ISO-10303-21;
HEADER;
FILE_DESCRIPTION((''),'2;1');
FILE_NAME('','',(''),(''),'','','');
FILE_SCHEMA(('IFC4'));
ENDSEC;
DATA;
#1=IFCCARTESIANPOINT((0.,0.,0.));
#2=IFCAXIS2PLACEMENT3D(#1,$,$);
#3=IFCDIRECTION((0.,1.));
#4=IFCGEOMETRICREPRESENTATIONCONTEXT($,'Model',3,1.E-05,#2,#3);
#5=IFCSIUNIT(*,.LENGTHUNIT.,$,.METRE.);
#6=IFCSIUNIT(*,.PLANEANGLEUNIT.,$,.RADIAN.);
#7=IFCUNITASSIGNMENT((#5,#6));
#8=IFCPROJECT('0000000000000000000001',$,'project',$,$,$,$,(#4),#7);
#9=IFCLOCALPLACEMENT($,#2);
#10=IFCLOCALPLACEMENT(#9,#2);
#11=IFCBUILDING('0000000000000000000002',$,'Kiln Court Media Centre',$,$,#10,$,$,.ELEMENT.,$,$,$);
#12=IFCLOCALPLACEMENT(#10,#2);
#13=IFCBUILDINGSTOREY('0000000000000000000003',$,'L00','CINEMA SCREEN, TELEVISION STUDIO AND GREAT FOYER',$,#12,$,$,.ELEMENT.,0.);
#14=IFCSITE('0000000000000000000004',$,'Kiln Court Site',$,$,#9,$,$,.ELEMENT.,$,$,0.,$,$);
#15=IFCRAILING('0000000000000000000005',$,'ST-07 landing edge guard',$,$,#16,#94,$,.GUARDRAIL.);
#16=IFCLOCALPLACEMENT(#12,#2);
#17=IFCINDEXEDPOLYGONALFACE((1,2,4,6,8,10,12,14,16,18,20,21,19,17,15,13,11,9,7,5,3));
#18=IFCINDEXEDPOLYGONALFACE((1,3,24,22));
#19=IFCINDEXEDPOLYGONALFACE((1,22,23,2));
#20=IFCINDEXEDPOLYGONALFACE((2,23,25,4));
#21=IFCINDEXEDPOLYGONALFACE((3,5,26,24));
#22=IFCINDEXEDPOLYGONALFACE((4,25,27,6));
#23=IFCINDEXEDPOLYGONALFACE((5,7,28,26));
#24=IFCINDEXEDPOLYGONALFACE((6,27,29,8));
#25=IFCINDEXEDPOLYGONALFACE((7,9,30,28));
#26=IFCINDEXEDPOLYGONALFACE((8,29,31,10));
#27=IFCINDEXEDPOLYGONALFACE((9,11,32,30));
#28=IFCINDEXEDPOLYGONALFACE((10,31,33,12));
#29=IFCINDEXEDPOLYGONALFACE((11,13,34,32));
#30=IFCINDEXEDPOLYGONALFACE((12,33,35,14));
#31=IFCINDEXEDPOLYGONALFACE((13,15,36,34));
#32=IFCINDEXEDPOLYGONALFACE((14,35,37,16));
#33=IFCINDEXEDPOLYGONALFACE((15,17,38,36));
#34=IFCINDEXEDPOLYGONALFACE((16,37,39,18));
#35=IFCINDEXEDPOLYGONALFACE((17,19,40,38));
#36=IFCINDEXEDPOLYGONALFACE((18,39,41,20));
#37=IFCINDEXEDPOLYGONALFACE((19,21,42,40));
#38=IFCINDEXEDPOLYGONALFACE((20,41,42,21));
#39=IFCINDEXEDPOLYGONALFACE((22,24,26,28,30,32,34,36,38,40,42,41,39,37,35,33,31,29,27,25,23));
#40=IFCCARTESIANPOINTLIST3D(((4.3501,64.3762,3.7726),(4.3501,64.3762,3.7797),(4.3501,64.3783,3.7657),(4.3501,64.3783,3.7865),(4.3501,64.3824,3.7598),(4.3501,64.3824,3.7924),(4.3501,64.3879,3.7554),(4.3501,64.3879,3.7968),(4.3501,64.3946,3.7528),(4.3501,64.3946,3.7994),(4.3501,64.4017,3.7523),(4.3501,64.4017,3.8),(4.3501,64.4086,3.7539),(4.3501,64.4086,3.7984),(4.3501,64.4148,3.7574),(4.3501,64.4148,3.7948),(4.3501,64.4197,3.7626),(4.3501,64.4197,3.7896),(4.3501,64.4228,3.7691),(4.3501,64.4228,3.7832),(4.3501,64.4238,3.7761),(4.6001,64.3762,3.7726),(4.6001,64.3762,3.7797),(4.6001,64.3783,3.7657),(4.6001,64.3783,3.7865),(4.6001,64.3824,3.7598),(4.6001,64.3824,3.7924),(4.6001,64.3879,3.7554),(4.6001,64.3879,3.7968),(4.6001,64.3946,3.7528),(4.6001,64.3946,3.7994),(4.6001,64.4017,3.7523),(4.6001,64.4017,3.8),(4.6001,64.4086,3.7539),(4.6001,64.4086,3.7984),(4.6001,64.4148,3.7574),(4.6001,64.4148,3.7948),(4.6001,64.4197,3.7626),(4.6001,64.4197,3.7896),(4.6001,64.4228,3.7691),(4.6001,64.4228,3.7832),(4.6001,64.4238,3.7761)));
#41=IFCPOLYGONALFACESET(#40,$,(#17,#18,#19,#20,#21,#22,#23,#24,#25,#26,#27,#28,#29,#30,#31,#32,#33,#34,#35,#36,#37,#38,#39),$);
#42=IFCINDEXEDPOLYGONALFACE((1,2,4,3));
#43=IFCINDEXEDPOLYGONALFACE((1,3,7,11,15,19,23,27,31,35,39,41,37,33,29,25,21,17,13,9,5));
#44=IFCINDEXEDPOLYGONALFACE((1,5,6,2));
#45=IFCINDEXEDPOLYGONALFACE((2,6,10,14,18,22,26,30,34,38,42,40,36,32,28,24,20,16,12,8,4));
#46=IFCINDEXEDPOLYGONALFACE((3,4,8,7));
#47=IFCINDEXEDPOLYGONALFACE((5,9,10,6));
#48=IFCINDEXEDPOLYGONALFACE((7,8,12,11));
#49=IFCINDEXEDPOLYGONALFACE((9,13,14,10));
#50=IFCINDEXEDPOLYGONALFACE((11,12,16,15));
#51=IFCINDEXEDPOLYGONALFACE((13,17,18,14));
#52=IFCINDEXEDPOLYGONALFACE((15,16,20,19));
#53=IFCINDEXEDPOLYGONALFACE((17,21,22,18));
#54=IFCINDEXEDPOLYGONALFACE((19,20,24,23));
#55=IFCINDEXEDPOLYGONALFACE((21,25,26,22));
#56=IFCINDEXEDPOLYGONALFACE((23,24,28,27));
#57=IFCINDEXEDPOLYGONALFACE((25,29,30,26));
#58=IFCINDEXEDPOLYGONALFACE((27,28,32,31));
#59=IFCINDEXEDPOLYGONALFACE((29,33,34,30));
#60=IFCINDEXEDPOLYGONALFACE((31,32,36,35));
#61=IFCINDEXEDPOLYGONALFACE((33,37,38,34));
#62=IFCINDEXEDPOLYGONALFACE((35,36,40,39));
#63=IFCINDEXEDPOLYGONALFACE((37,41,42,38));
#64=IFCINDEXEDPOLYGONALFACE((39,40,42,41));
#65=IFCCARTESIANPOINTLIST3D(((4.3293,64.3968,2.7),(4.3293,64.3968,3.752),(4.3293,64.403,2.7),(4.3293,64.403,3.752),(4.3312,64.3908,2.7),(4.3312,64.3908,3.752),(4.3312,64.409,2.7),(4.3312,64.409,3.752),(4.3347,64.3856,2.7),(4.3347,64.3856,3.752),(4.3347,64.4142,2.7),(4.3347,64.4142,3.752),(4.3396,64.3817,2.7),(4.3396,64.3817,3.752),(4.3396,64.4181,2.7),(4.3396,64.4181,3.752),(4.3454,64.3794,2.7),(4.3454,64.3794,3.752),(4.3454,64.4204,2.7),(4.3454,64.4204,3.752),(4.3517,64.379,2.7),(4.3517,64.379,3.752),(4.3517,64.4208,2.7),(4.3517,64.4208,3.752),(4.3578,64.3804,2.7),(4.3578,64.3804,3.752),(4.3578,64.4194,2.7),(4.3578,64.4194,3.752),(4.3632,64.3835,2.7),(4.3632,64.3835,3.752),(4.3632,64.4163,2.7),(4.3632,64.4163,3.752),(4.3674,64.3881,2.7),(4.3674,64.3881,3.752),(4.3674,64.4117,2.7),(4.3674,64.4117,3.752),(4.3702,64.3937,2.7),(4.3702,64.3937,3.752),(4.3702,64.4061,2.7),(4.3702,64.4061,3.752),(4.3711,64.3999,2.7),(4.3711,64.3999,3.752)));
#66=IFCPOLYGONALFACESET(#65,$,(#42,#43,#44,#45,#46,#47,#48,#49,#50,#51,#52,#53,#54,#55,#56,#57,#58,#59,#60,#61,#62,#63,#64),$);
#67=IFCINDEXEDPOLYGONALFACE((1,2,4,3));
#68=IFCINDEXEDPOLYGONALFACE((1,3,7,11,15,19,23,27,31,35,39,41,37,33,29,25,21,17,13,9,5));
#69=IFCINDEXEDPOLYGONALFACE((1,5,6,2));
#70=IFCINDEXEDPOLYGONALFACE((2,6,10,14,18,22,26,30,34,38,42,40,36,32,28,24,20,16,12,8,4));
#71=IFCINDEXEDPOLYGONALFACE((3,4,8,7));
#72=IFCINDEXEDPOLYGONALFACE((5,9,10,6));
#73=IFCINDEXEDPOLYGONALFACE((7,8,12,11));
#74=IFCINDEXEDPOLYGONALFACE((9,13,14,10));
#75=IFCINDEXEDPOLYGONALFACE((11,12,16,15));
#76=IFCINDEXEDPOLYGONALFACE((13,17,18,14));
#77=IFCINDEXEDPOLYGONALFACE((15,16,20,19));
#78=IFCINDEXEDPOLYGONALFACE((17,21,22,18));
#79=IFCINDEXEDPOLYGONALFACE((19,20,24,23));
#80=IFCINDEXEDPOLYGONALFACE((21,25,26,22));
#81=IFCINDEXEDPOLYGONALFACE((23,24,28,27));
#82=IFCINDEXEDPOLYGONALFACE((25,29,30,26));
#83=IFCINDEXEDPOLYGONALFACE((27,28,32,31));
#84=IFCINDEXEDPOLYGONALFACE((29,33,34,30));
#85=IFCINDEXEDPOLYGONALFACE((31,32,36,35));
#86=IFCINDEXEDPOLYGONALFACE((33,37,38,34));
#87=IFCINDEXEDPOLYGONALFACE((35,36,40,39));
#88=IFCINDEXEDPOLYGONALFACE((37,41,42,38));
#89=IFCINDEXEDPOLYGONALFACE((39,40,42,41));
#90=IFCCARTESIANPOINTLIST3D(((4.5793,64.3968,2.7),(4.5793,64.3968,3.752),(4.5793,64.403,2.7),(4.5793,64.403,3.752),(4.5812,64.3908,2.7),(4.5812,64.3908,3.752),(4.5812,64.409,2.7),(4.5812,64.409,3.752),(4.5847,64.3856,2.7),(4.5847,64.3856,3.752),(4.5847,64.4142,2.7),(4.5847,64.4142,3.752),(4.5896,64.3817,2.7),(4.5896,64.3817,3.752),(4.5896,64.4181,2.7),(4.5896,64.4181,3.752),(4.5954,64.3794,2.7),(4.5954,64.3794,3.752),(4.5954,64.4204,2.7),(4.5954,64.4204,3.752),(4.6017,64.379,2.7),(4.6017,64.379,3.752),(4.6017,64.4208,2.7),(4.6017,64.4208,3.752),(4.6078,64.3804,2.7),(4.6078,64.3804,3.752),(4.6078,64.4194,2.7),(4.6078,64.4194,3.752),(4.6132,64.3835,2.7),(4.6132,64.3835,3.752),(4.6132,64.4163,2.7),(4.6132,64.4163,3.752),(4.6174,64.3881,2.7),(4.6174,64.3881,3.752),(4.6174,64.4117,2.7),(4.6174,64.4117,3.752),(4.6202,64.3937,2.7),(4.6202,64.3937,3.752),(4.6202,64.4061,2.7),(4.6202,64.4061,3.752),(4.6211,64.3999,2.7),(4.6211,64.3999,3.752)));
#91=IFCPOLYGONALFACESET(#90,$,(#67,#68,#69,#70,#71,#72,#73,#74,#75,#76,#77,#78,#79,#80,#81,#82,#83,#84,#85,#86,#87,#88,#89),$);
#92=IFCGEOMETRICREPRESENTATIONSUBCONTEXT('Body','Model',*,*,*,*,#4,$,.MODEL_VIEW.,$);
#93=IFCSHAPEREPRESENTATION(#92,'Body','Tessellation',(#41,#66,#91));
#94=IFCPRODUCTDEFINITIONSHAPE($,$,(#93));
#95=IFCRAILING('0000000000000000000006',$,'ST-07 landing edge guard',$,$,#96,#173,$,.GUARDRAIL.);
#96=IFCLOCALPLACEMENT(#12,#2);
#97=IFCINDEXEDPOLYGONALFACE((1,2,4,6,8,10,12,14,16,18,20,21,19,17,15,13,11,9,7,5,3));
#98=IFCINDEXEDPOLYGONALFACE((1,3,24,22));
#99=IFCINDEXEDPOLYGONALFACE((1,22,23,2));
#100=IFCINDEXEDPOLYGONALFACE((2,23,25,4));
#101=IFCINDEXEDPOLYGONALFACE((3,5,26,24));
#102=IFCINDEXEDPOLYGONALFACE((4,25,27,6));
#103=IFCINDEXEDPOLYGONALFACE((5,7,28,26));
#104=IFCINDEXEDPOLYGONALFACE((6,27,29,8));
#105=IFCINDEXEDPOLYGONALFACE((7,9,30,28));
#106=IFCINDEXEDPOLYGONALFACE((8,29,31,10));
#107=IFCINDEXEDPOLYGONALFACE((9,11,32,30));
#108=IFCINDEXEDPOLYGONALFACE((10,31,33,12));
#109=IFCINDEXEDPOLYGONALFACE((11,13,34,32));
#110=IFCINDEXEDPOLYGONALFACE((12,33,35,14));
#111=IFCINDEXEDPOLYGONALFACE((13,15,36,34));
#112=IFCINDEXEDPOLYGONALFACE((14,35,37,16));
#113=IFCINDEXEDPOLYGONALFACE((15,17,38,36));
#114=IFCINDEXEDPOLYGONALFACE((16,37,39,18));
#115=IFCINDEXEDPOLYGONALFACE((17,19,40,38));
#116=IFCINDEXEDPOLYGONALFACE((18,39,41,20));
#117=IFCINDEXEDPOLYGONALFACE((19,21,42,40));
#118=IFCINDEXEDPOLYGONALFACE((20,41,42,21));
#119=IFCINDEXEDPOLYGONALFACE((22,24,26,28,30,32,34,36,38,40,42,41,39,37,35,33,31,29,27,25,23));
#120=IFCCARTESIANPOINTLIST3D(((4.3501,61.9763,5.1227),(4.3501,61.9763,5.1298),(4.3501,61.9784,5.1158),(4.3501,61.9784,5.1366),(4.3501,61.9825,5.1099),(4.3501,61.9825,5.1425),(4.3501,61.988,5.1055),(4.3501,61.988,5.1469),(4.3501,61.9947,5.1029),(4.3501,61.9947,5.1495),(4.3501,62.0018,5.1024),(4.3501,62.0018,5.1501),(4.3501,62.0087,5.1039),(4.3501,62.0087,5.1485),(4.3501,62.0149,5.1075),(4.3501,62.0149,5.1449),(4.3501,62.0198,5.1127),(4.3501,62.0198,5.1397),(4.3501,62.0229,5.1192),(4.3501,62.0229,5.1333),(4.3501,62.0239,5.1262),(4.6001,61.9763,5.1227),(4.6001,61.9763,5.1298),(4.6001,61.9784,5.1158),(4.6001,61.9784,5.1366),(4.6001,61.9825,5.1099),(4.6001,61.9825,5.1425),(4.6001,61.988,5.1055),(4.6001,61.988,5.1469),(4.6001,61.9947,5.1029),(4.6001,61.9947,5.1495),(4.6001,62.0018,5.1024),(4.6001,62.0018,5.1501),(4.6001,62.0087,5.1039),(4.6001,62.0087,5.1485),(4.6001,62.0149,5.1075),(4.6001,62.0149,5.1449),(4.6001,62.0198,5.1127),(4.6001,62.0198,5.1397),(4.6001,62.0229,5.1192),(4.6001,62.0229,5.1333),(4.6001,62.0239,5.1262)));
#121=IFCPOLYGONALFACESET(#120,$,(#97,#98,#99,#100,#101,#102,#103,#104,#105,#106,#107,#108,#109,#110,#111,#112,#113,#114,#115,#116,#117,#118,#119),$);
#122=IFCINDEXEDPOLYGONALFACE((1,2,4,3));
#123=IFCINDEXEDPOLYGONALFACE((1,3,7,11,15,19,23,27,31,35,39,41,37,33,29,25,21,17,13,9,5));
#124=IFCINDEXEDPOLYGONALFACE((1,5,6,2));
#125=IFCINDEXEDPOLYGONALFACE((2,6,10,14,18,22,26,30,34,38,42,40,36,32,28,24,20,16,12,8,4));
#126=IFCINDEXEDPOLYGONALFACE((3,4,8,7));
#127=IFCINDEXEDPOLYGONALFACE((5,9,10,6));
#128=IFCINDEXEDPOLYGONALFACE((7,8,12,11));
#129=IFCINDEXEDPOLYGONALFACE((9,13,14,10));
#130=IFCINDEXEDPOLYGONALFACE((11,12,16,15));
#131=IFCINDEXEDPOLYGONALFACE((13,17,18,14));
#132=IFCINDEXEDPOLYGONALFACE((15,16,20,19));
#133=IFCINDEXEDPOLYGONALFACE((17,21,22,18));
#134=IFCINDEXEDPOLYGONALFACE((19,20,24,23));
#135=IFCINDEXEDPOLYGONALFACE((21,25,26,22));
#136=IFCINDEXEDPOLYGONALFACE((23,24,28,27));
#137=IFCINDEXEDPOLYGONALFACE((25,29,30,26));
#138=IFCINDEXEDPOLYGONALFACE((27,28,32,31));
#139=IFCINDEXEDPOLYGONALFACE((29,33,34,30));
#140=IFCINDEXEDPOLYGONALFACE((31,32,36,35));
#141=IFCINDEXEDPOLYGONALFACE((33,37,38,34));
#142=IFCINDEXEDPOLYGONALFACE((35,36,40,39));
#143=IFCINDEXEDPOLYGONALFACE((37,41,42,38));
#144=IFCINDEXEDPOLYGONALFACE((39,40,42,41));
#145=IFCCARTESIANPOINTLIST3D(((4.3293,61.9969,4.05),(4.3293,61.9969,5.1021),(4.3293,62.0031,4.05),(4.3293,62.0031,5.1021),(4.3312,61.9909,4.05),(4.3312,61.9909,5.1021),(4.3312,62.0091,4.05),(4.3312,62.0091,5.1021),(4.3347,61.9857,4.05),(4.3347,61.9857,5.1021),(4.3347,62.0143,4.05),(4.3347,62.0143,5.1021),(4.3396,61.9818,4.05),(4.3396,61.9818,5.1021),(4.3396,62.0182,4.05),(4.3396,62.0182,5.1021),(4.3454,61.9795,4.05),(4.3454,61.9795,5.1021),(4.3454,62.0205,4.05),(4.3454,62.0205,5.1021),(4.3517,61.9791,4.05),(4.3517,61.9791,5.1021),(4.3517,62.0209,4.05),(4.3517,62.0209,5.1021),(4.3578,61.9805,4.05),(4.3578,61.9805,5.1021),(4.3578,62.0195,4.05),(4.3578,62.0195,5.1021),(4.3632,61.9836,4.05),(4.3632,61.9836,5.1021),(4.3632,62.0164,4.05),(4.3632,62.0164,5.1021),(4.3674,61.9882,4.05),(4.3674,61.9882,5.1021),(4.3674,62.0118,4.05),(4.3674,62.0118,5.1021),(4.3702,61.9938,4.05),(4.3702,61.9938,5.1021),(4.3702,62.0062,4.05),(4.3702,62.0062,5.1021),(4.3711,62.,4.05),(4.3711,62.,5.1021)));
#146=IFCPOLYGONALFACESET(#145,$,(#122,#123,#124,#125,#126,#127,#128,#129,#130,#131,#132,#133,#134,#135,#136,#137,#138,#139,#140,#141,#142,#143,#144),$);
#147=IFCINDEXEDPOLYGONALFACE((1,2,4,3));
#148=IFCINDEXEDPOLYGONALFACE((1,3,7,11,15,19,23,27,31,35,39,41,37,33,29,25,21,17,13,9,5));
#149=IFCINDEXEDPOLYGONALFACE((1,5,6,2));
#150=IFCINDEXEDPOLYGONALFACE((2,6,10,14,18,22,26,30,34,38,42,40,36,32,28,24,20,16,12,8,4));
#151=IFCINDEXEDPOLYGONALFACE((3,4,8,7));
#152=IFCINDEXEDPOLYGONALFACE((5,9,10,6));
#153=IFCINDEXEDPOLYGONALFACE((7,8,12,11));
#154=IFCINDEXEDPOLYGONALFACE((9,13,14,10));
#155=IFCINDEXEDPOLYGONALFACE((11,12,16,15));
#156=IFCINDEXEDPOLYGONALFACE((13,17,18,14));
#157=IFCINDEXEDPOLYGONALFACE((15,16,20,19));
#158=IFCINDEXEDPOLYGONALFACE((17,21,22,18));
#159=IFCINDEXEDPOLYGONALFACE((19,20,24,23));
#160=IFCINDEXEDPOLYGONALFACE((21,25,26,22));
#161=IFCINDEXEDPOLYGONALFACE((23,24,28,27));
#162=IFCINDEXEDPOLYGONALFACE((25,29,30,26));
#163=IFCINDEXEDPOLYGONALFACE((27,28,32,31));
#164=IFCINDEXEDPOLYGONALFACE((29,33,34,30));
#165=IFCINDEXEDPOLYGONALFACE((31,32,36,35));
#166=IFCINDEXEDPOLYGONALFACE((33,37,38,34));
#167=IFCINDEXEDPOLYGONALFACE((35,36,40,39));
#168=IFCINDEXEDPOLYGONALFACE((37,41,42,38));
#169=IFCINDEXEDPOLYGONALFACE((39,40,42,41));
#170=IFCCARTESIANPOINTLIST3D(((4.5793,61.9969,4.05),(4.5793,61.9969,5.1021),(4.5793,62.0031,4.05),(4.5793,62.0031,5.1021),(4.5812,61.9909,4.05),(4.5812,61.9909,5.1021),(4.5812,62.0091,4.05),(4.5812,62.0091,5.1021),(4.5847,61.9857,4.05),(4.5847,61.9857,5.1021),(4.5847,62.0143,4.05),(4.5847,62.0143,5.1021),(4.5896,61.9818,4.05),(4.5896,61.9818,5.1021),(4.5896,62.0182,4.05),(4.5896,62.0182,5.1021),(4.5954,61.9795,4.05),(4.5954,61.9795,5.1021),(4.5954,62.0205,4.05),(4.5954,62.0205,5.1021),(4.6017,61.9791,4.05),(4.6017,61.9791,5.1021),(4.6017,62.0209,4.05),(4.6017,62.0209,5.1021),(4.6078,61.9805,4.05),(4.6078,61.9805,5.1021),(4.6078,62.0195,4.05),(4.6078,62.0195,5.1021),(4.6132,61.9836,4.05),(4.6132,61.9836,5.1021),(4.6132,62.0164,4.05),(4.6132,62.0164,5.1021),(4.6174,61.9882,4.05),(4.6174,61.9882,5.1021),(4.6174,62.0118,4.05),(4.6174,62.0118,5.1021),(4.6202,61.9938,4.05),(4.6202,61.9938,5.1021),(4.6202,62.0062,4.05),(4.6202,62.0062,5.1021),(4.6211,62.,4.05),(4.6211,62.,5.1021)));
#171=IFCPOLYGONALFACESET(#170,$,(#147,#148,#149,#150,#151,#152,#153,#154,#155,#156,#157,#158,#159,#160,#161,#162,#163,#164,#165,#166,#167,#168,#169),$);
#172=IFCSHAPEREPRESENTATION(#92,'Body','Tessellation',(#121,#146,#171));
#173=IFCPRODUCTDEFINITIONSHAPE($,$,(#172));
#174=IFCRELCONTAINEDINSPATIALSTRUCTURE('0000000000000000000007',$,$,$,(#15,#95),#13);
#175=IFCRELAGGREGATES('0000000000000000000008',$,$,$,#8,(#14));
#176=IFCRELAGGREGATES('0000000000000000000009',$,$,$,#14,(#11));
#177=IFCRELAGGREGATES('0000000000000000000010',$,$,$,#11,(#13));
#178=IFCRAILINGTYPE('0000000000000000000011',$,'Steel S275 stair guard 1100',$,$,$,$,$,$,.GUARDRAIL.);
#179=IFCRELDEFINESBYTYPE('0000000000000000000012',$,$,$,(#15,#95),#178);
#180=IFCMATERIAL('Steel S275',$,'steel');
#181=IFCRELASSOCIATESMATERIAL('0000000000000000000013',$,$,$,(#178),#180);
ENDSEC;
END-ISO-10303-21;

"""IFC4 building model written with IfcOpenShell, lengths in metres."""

from ifc_helpers import new_model, si_unit, direction, frame, origin, origin_2d, place, context, subcontext, project, spatial, circle, extrude, material, type_object, element, save


model = new_model("IFC4")

# Units and contexts
model_context = context("Model", 3, precision=1e-05, world=origin(), true_north=direction((0.0, 1.0)))
body_context = subcontext(model_context, "Body", "Model", "MODEL_VIEW")
ifc_project = project(units=[si_unit("LENGTHUNIT", "METRE"), si_unit("PLANEANGLEUNIT", "RADIAN")], contexts=[model_context])

# Site, building, storey
site_placement = place(None, origin())
site = spatial("IfcSite", under=ifc_project, at=site_placement, Name="Kiln Court Site", CompositionType="ELEMENT", RefElevation=0.0)
building_placement = place(site_placement, origin())
building = spatial("IfcBuilding", under=site, at=building_placement, Name="Kiln Court Media Centre", CompositionType="ELEMENT")
storey_placement = place(building_placement, origin())
storey = spatial("IfcBuildingStorey", under=building, at=storey_placement, Name="L00", Description="CINEMA SCREEN, TELEVISION STUDIO AND GREAT FOYER", CompositionType="ELEMENT", Elevation=0.0)

# Railings
ifc_material_1 = material(Name="Steel S275", Category="steel")
railing_type = type_object("IfcRailingType", Name="Steel S275 stair guard 1100", PredefinedType="GUARDRAIL", material=ifc_material_1)
for number, where, name in (
    (1, (4.3501, 64.3999, 2.7), "ST-07 landing edge guard"),
    (2, (4.3501, 62.0, 4.05), "ST-07 landing edge guard"),
):
    element("IfcRailing", number, at=place(storey_placement, frame(where)), inside=storey, type_object=railing_type, Name=name, PredefinedType="GUARDRAIL", context=body_context, shape_type="SweptSolid", body=[
        extrude(circle(Radius=0.0239, at=origin_2d()), frame((0.0, 0.0, 1.0762), z_axis=(1.0, 0.0, 0.0), x_axis=(0.0, 1.0, 0.0)), (0.0, 0.0, 1.0), 0.25),
        extrude(circle(Radius=0.021, at=origin_2d()), origin(), (0.0, 0.0, 1.0), 1.052),
        extrude(circle(Radius=0.021, at=origin_2d()), frame((0.25, 0.0, 0.0)), (0.0, 0.0, 1.0), 1.052),
    ])

save(model, "model.ifc")
